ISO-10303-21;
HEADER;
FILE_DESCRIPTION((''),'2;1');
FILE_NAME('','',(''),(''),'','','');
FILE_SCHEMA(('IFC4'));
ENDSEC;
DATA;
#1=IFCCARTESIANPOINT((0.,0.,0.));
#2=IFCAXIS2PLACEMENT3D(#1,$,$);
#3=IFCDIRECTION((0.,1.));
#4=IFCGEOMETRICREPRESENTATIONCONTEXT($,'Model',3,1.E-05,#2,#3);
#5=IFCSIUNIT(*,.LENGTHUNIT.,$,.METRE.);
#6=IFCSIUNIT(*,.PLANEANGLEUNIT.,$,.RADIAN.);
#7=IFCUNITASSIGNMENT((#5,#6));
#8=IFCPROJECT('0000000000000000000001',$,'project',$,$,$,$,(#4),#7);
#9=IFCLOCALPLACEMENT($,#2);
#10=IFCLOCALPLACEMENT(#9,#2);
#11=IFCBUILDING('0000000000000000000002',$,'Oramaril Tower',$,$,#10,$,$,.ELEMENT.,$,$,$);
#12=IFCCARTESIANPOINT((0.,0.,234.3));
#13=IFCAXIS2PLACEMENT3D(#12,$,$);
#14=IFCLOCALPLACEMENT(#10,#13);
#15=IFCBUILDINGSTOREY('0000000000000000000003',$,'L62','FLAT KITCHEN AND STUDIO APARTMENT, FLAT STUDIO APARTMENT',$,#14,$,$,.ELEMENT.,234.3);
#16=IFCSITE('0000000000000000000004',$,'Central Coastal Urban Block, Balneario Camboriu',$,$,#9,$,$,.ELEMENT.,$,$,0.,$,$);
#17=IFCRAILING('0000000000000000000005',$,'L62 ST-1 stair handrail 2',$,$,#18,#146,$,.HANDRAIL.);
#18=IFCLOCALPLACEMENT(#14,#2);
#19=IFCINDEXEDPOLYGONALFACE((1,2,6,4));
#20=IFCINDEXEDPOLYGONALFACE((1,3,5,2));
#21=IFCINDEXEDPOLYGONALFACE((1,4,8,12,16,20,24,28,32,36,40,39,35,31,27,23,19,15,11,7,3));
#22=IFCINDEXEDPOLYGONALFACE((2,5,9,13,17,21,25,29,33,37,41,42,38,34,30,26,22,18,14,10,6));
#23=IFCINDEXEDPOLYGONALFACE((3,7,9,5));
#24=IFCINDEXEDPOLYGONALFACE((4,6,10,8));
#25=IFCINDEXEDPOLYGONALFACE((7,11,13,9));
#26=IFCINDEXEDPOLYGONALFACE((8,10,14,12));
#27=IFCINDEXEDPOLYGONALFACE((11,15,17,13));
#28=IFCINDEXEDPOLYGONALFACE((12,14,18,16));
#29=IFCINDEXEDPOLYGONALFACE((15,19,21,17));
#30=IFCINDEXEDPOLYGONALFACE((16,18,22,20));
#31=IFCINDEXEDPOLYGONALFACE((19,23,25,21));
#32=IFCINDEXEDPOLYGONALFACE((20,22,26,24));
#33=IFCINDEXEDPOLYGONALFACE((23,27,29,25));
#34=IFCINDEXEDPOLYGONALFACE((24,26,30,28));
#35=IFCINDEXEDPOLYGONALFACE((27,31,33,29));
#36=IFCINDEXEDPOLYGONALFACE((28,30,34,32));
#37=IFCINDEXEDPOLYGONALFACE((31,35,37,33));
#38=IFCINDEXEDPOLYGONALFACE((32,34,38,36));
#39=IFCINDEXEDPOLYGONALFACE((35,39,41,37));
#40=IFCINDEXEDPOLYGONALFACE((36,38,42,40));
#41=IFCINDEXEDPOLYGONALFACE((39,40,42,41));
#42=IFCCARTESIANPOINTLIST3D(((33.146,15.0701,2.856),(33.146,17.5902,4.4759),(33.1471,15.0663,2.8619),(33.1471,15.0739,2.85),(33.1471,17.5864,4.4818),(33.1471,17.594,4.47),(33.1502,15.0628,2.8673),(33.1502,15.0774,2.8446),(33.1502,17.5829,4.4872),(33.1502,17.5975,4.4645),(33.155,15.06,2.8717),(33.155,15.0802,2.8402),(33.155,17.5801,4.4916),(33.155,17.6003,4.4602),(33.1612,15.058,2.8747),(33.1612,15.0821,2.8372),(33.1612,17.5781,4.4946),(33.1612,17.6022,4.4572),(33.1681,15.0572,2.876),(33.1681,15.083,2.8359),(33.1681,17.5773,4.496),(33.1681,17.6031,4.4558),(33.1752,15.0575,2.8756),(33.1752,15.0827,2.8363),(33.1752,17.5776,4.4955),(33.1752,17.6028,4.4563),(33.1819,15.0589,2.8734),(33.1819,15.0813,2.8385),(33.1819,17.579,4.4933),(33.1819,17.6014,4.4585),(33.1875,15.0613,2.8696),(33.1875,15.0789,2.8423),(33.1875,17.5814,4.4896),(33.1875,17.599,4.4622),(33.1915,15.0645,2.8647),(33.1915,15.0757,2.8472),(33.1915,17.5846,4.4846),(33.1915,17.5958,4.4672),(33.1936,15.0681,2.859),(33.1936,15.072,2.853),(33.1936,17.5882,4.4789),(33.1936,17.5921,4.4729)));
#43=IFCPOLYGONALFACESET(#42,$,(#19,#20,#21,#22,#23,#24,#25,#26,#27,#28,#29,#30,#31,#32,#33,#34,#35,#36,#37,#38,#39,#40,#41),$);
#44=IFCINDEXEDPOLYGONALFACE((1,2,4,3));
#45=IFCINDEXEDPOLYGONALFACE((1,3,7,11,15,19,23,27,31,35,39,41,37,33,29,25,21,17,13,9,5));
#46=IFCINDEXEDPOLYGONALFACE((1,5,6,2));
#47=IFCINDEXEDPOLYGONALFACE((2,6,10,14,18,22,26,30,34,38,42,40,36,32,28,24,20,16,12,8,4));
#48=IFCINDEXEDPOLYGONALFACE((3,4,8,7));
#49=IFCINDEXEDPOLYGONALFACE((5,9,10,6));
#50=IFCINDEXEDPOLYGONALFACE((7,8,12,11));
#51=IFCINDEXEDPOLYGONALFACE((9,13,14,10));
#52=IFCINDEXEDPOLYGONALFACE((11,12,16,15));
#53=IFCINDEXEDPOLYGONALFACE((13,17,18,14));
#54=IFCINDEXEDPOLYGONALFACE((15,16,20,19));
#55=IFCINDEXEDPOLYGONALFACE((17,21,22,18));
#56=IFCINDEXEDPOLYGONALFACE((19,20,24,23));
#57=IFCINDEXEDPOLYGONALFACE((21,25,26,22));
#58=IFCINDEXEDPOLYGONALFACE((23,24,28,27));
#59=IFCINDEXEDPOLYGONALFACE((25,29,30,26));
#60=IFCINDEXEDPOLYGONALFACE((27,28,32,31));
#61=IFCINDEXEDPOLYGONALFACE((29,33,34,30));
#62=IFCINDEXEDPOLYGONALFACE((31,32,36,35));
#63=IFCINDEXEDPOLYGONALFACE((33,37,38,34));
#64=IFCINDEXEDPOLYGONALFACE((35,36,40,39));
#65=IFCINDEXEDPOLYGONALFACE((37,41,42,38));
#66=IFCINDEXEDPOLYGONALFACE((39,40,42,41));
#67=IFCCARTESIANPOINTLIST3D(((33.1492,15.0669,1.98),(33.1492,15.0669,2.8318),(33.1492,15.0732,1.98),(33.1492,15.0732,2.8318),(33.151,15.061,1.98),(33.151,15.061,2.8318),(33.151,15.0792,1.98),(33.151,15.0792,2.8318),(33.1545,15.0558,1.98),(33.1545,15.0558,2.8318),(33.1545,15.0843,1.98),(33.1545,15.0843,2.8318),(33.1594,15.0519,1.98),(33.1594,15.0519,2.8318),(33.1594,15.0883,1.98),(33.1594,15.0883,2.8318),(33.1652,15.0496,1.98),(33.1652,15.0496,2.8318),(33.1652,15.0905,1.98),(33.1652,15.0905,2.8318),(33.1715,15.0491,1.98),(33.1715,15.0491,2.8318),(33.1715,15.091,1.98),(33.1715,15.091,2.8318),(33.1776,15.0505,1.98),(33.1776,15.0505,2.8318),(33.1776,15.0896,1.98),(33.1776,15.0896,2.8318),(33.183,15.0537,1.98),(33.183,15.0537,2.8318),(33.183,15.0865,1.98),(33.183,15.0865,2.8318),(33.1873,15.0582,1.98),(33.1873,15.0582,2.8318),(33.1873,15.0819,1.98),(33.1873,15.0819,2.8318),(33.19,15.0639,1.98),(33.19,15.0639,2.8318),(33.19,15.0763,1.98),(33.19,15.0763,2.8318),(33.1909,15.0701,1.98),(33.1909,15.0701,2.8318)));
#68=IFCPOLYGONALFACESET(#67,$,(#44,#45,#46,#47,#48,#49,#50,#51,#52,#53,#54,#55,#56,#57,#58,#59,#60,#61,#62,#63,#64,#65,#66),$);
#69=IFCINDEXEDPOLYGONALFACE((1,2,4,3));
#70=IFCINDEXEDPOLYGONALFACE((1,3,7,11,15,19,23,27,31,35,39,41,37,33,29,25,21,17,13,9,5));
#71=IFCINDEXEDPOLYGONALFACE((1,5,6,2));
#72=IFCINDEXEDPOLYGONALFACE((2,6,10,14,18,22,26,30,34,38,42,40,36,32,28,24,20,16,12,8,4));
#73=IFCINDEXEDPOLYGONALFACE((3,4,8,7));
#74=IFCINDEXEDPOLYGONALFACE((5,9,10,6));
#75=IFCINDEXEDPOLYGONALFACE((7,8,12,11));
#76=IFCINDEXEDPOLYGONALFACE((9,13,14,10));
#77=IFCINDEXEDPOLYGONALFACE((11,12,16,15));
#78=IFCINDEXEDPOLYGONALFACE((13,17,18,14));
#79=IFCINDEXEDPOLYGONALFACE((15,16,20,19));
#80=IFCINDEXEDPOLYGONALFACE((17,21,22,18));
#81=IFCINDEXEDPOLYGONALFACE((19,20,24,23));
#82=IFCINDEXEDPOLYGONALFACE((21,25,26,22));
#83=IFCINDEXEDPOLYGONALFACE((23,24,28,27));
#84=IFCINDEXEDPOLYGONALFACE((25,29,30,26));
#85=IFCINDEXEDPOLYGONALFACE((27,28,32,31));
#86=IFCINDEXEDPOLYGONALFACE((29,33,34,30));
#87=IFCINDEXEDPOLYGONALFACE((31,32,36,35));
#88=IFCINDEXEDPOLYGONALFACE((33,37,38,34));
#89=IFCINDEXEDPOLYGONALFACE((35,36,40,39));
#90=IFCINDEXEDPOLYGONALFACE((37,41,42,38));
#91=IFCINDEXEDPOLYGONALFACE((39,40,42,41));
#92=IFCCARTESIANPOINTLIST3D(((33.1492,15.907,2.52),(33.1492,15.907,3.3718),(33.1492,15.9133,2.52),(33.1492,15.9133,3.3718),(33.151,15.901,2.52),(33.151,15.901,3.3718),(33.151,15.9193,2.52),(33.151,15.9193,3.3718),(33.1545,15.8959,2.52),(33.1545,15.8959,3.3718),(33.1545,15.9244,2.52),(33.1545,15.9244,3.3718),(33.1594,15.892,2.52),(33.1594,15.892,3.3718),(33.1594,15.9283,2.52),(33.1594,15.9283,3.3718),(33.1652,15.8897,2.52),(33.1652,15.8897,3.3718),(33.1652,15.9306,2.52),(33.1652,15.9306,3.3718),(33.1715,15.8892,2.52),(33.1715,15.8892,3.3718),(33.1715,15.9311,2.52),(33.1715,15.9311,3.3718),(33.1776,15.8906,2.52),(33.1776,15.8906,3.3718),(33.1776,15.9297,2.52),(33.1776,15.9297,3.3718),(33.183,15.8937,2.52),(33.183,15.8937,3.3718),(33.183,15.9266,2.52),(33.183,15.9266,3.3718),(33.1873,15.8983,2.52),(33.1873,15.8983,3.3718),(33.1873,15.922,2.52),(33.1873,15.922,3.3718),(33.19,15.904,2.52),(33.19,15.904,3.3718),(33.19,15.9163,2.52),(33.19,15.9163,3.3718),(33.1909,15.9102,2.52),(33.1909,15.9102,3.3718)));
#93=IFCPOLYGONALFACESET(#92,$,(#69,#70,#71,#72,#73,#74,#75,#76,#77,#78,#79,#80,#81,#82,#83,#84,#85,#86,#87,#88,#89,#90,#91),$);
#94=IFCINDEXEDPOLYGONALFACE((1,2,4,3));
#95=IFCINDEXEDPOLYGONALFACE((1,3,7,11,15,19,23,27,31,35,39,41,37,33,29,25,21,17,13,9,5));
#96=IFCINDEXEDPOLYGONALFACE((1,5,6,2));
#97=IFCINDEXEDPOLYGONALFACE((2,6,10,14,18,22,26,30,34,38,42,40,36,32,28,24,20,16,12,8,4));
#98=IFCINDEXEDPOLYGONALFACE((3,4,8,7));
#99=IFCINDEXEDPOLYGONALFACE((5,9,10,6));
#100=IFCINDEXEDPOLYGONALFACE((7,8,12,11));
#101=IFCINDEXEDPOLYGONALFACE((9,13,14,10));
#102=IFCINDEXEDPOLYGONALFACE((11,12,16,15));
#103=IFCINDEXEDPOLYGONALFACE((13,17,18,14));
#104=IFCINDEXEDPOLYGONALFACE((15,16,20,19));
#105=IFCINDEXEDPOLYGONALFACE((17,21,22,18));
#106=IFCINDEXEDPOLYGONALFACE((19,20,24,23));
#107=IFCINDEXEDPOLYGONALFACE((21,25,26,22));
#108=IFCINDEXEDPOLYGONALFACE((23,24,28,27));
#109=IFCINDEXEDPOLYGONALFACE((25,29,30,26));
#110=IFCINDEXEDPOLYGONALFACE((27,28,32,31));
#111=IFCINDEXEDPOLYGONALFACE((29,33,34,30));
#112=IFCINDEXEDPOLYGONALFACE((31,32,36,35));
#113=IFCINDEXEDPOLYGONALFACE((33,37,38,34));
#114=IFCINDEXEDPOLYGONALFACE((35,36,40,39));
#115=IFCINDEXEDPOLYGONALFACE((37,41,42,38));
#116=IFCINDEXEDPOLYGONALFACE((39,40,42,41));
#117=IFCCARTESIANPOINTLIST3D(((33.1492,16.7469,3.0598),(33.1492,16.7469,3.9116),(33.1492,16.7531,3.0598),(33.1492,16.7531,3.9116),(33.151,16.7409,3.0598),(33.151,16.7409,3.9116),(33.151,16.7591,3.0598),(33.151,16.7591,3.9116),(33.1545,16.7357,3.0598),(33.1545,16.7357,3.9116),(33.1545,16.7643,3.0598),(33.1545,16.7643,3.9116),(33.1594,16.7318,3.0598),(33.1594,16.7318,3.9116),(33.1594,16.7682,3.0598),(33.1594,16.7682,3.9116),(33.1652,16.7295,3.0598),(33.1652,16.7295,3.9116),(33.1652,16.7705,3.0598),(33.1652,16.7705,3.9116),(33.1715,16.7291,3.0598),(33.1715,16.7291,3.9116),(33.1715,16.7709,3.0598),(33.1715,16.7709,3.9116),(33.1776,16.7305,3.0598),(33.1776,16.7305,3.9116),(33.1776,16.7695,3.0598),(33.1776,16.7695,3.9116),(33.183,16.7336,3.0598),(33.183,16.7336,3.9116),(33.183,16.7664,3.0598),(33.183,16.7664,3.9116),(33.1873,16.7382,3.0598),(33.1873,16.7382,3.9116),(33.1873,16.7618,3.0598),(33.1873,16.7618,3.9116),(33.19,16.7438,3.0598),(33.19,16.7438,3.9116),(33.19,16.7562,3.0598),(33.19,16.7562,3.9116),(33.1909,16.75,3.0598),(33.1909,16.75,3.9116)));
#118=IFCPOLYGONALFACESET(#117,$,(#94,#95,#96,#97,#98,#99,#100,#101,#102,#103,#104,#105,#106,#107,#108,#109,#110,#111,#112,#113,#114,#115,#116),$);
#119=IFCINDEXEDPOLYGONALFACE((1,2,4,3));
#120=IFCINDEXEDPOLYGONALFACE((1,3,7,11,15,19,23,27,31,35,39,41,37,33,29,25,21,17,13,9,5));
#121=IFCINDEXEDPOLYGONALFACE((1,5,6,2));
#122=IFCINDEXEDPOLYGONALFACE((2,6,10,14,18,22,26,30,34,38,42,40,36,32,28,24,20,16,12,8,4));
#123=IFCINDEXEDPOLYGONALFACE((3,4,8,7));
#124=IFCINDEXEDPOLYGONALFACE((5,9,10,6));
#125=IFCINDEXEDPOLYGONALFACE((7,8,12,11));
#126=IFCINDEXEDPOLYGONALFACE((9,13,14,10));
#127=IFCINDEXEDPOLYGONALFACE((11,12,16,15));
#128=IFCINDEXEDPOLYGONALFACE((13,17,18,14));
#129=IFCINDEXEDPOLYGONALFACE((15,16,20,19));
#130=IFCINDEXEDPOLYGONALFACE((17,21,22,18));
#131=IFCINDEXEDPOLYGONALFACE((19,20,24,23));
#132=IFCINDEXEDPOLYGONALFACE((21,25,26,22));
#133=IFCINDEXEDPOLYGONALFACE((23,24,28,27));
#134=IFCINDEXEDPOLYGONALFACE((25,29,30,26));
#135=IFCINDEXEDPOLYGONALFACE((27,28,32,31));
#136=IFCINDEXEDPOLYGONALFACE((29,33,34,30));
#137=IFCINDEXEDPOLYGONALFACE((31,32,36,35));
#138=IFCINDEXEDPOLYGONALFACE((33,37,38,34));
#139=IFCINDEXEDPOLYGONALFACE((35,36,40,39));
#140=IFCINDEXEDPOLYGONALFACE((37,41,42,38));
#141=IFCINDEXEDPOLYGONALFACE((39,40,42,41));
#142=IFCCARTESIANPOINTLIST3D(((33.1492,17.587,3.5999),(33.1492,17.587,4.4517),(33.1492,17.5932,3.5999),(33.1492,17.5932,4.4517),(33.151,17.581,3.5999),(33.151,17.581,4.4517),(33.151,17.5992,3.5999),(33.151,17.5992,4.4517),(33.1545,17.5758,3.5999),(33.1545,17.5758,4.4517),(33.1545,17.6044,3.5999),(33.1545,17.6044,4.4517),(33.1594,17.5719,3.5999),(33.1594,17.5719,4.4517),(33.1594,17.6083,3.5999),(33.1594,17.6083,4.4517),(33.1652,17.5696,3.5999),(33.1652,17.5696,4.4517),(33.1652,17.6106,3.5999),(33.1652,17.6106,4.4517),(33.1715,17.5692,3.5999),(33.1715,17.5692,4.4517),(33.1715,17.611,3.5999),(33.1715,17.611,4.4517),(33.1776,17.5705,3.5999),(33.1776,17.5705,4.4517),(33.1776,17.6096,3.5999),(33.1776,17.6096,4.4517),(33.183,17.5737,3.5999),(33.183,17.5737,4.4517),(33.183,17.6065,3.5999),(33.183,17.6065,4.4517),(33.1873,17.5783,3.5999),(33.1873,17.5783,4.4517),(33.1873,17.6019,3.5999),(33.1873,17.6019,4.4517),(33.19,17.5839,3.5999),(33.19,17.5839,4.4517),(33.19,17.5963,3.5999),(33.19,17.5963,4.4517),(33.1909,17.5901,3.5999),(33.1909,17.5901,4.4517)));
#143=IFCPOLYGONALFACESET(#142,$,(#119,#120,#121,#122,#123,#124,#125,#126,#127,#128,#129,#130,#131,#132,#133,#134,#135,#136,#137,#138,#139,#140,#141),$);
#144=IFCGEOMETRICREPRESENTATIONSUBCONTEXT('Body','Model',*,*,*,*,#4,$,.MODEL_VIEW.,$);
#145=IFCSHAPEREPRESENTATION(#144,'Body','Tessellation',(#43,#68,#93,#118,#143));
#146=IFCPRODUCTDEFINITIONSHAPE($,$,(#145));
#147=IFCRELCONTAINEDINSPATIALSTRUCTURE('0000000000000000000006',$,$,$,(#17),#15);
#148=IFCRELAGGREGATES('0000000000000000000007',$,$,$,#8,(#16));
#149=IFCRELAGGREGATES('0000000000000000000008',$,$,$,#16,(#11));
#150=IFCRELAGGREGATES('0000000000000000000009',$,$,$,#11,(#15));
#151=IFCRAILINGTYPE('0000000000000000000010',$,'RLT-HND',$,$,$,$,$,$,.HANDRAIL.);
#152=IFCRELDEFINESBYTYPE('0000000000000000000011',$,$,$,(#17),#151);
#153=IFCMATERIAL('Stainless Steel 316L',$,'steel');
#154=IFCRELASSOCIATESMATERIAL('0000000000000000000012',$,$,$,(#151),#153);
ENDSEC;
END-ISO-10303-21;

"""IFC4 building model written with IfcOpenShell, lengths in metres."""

from ifc_helpers import new_model, si_unit, direction, frame, origin, origin_2d, place, context, subcontext, project, spatial, circle, extrude, material, type_object, element, save


model = new_model("IFC4")

# Units and contexts
model_context = context("Model", 3, precision=1e-05, world=origin(), true_north=direction((0.0, 1.0)))
body_context = subcontext(model_context, "Body", "Model", "MODEL_VIEW")
ifc_project = project(units=[si_unit("LENGTHUNIT", "METRE"), si_unit("PLANEANGLEUNIT", "RADIAN")], contexts=[model_context])

# Site, building, storey
site_placement = place(None, origin())
site = spatial("IfcSite", under=ifc_project, at=site_placement, Name="Central Coastal Urban Block, Balneario Camboriu", CompositionType="ELEMENT", RefElevation=0.0)
building_placement = place(site_placement, origin())
building = spatial("IfcBuilding", under=site, at=building_placement, Name="Oramaril Tower", CompositionType="ELEMENT")
storey_placement = place(building_placement, frame((0.0, 0.0, 234.3)))
storey = spatial("IfcBuildingStorey", under=building, at=storey_placement, Name="L62", Description="FLAT KITCHEN AND STUDIO APARTMENT, FLAT STUDIO APARTMENT", CompositionType="ELEMENT", Elevation=234.3)

# Railing
ifc_material_1 = material(Name="Stainless Steel 316L", Category="steel")
railing_type_1 = type_object("IfcRailingType", Name="RLT-HND", PredefinedType="HANDRAIL", material=ifc_material_1)
railing_1_placement = place(storey_placement, frame((33.1699, 15.0701, 1.98)))
element("IfcRailing", 1, at=railing_1_placement, inside=storey, type_object=railing_type_1, Name="L62 ST-1 stair handrail 2", PredefinedType="HANDRAIL", context=body_context, shape_type="SweptSolid", body=[
    extrude(circle(Radius=0.0239, at=origin_2d()), frame((0.0, 0.0, 0.876), z_axis=(0.0, 0.8412, 0.540725), x_axis=(-1.0, 0.0, 0.0)), (0.0, 0.0, 1.0), 2.9958),
    extrude(circle(Radius=0.021, at=origin_2d()), origin(), (0.0, 0.0, 1.0), 0.8518),
    extrude(circle(Radius=0.021, at=origin_2d()), frame((0.0, 0.8401, 0.54)), (0.0, 0.0, 1.0), 0.8518),
    extrude(circle(Radius=0.021, at=origin_2d()), frame((0.0, 1.6799, 1.0798)), (0.0, 0.0, 1.0), 0.8518),
    extrude(circle(Radius=0.021, at=origin_2d()), frame((0.0, 2.52, 1.6199)), (0.0, 0.0, 1.0), 0.8518),
])

save(model, "model.ifc")
